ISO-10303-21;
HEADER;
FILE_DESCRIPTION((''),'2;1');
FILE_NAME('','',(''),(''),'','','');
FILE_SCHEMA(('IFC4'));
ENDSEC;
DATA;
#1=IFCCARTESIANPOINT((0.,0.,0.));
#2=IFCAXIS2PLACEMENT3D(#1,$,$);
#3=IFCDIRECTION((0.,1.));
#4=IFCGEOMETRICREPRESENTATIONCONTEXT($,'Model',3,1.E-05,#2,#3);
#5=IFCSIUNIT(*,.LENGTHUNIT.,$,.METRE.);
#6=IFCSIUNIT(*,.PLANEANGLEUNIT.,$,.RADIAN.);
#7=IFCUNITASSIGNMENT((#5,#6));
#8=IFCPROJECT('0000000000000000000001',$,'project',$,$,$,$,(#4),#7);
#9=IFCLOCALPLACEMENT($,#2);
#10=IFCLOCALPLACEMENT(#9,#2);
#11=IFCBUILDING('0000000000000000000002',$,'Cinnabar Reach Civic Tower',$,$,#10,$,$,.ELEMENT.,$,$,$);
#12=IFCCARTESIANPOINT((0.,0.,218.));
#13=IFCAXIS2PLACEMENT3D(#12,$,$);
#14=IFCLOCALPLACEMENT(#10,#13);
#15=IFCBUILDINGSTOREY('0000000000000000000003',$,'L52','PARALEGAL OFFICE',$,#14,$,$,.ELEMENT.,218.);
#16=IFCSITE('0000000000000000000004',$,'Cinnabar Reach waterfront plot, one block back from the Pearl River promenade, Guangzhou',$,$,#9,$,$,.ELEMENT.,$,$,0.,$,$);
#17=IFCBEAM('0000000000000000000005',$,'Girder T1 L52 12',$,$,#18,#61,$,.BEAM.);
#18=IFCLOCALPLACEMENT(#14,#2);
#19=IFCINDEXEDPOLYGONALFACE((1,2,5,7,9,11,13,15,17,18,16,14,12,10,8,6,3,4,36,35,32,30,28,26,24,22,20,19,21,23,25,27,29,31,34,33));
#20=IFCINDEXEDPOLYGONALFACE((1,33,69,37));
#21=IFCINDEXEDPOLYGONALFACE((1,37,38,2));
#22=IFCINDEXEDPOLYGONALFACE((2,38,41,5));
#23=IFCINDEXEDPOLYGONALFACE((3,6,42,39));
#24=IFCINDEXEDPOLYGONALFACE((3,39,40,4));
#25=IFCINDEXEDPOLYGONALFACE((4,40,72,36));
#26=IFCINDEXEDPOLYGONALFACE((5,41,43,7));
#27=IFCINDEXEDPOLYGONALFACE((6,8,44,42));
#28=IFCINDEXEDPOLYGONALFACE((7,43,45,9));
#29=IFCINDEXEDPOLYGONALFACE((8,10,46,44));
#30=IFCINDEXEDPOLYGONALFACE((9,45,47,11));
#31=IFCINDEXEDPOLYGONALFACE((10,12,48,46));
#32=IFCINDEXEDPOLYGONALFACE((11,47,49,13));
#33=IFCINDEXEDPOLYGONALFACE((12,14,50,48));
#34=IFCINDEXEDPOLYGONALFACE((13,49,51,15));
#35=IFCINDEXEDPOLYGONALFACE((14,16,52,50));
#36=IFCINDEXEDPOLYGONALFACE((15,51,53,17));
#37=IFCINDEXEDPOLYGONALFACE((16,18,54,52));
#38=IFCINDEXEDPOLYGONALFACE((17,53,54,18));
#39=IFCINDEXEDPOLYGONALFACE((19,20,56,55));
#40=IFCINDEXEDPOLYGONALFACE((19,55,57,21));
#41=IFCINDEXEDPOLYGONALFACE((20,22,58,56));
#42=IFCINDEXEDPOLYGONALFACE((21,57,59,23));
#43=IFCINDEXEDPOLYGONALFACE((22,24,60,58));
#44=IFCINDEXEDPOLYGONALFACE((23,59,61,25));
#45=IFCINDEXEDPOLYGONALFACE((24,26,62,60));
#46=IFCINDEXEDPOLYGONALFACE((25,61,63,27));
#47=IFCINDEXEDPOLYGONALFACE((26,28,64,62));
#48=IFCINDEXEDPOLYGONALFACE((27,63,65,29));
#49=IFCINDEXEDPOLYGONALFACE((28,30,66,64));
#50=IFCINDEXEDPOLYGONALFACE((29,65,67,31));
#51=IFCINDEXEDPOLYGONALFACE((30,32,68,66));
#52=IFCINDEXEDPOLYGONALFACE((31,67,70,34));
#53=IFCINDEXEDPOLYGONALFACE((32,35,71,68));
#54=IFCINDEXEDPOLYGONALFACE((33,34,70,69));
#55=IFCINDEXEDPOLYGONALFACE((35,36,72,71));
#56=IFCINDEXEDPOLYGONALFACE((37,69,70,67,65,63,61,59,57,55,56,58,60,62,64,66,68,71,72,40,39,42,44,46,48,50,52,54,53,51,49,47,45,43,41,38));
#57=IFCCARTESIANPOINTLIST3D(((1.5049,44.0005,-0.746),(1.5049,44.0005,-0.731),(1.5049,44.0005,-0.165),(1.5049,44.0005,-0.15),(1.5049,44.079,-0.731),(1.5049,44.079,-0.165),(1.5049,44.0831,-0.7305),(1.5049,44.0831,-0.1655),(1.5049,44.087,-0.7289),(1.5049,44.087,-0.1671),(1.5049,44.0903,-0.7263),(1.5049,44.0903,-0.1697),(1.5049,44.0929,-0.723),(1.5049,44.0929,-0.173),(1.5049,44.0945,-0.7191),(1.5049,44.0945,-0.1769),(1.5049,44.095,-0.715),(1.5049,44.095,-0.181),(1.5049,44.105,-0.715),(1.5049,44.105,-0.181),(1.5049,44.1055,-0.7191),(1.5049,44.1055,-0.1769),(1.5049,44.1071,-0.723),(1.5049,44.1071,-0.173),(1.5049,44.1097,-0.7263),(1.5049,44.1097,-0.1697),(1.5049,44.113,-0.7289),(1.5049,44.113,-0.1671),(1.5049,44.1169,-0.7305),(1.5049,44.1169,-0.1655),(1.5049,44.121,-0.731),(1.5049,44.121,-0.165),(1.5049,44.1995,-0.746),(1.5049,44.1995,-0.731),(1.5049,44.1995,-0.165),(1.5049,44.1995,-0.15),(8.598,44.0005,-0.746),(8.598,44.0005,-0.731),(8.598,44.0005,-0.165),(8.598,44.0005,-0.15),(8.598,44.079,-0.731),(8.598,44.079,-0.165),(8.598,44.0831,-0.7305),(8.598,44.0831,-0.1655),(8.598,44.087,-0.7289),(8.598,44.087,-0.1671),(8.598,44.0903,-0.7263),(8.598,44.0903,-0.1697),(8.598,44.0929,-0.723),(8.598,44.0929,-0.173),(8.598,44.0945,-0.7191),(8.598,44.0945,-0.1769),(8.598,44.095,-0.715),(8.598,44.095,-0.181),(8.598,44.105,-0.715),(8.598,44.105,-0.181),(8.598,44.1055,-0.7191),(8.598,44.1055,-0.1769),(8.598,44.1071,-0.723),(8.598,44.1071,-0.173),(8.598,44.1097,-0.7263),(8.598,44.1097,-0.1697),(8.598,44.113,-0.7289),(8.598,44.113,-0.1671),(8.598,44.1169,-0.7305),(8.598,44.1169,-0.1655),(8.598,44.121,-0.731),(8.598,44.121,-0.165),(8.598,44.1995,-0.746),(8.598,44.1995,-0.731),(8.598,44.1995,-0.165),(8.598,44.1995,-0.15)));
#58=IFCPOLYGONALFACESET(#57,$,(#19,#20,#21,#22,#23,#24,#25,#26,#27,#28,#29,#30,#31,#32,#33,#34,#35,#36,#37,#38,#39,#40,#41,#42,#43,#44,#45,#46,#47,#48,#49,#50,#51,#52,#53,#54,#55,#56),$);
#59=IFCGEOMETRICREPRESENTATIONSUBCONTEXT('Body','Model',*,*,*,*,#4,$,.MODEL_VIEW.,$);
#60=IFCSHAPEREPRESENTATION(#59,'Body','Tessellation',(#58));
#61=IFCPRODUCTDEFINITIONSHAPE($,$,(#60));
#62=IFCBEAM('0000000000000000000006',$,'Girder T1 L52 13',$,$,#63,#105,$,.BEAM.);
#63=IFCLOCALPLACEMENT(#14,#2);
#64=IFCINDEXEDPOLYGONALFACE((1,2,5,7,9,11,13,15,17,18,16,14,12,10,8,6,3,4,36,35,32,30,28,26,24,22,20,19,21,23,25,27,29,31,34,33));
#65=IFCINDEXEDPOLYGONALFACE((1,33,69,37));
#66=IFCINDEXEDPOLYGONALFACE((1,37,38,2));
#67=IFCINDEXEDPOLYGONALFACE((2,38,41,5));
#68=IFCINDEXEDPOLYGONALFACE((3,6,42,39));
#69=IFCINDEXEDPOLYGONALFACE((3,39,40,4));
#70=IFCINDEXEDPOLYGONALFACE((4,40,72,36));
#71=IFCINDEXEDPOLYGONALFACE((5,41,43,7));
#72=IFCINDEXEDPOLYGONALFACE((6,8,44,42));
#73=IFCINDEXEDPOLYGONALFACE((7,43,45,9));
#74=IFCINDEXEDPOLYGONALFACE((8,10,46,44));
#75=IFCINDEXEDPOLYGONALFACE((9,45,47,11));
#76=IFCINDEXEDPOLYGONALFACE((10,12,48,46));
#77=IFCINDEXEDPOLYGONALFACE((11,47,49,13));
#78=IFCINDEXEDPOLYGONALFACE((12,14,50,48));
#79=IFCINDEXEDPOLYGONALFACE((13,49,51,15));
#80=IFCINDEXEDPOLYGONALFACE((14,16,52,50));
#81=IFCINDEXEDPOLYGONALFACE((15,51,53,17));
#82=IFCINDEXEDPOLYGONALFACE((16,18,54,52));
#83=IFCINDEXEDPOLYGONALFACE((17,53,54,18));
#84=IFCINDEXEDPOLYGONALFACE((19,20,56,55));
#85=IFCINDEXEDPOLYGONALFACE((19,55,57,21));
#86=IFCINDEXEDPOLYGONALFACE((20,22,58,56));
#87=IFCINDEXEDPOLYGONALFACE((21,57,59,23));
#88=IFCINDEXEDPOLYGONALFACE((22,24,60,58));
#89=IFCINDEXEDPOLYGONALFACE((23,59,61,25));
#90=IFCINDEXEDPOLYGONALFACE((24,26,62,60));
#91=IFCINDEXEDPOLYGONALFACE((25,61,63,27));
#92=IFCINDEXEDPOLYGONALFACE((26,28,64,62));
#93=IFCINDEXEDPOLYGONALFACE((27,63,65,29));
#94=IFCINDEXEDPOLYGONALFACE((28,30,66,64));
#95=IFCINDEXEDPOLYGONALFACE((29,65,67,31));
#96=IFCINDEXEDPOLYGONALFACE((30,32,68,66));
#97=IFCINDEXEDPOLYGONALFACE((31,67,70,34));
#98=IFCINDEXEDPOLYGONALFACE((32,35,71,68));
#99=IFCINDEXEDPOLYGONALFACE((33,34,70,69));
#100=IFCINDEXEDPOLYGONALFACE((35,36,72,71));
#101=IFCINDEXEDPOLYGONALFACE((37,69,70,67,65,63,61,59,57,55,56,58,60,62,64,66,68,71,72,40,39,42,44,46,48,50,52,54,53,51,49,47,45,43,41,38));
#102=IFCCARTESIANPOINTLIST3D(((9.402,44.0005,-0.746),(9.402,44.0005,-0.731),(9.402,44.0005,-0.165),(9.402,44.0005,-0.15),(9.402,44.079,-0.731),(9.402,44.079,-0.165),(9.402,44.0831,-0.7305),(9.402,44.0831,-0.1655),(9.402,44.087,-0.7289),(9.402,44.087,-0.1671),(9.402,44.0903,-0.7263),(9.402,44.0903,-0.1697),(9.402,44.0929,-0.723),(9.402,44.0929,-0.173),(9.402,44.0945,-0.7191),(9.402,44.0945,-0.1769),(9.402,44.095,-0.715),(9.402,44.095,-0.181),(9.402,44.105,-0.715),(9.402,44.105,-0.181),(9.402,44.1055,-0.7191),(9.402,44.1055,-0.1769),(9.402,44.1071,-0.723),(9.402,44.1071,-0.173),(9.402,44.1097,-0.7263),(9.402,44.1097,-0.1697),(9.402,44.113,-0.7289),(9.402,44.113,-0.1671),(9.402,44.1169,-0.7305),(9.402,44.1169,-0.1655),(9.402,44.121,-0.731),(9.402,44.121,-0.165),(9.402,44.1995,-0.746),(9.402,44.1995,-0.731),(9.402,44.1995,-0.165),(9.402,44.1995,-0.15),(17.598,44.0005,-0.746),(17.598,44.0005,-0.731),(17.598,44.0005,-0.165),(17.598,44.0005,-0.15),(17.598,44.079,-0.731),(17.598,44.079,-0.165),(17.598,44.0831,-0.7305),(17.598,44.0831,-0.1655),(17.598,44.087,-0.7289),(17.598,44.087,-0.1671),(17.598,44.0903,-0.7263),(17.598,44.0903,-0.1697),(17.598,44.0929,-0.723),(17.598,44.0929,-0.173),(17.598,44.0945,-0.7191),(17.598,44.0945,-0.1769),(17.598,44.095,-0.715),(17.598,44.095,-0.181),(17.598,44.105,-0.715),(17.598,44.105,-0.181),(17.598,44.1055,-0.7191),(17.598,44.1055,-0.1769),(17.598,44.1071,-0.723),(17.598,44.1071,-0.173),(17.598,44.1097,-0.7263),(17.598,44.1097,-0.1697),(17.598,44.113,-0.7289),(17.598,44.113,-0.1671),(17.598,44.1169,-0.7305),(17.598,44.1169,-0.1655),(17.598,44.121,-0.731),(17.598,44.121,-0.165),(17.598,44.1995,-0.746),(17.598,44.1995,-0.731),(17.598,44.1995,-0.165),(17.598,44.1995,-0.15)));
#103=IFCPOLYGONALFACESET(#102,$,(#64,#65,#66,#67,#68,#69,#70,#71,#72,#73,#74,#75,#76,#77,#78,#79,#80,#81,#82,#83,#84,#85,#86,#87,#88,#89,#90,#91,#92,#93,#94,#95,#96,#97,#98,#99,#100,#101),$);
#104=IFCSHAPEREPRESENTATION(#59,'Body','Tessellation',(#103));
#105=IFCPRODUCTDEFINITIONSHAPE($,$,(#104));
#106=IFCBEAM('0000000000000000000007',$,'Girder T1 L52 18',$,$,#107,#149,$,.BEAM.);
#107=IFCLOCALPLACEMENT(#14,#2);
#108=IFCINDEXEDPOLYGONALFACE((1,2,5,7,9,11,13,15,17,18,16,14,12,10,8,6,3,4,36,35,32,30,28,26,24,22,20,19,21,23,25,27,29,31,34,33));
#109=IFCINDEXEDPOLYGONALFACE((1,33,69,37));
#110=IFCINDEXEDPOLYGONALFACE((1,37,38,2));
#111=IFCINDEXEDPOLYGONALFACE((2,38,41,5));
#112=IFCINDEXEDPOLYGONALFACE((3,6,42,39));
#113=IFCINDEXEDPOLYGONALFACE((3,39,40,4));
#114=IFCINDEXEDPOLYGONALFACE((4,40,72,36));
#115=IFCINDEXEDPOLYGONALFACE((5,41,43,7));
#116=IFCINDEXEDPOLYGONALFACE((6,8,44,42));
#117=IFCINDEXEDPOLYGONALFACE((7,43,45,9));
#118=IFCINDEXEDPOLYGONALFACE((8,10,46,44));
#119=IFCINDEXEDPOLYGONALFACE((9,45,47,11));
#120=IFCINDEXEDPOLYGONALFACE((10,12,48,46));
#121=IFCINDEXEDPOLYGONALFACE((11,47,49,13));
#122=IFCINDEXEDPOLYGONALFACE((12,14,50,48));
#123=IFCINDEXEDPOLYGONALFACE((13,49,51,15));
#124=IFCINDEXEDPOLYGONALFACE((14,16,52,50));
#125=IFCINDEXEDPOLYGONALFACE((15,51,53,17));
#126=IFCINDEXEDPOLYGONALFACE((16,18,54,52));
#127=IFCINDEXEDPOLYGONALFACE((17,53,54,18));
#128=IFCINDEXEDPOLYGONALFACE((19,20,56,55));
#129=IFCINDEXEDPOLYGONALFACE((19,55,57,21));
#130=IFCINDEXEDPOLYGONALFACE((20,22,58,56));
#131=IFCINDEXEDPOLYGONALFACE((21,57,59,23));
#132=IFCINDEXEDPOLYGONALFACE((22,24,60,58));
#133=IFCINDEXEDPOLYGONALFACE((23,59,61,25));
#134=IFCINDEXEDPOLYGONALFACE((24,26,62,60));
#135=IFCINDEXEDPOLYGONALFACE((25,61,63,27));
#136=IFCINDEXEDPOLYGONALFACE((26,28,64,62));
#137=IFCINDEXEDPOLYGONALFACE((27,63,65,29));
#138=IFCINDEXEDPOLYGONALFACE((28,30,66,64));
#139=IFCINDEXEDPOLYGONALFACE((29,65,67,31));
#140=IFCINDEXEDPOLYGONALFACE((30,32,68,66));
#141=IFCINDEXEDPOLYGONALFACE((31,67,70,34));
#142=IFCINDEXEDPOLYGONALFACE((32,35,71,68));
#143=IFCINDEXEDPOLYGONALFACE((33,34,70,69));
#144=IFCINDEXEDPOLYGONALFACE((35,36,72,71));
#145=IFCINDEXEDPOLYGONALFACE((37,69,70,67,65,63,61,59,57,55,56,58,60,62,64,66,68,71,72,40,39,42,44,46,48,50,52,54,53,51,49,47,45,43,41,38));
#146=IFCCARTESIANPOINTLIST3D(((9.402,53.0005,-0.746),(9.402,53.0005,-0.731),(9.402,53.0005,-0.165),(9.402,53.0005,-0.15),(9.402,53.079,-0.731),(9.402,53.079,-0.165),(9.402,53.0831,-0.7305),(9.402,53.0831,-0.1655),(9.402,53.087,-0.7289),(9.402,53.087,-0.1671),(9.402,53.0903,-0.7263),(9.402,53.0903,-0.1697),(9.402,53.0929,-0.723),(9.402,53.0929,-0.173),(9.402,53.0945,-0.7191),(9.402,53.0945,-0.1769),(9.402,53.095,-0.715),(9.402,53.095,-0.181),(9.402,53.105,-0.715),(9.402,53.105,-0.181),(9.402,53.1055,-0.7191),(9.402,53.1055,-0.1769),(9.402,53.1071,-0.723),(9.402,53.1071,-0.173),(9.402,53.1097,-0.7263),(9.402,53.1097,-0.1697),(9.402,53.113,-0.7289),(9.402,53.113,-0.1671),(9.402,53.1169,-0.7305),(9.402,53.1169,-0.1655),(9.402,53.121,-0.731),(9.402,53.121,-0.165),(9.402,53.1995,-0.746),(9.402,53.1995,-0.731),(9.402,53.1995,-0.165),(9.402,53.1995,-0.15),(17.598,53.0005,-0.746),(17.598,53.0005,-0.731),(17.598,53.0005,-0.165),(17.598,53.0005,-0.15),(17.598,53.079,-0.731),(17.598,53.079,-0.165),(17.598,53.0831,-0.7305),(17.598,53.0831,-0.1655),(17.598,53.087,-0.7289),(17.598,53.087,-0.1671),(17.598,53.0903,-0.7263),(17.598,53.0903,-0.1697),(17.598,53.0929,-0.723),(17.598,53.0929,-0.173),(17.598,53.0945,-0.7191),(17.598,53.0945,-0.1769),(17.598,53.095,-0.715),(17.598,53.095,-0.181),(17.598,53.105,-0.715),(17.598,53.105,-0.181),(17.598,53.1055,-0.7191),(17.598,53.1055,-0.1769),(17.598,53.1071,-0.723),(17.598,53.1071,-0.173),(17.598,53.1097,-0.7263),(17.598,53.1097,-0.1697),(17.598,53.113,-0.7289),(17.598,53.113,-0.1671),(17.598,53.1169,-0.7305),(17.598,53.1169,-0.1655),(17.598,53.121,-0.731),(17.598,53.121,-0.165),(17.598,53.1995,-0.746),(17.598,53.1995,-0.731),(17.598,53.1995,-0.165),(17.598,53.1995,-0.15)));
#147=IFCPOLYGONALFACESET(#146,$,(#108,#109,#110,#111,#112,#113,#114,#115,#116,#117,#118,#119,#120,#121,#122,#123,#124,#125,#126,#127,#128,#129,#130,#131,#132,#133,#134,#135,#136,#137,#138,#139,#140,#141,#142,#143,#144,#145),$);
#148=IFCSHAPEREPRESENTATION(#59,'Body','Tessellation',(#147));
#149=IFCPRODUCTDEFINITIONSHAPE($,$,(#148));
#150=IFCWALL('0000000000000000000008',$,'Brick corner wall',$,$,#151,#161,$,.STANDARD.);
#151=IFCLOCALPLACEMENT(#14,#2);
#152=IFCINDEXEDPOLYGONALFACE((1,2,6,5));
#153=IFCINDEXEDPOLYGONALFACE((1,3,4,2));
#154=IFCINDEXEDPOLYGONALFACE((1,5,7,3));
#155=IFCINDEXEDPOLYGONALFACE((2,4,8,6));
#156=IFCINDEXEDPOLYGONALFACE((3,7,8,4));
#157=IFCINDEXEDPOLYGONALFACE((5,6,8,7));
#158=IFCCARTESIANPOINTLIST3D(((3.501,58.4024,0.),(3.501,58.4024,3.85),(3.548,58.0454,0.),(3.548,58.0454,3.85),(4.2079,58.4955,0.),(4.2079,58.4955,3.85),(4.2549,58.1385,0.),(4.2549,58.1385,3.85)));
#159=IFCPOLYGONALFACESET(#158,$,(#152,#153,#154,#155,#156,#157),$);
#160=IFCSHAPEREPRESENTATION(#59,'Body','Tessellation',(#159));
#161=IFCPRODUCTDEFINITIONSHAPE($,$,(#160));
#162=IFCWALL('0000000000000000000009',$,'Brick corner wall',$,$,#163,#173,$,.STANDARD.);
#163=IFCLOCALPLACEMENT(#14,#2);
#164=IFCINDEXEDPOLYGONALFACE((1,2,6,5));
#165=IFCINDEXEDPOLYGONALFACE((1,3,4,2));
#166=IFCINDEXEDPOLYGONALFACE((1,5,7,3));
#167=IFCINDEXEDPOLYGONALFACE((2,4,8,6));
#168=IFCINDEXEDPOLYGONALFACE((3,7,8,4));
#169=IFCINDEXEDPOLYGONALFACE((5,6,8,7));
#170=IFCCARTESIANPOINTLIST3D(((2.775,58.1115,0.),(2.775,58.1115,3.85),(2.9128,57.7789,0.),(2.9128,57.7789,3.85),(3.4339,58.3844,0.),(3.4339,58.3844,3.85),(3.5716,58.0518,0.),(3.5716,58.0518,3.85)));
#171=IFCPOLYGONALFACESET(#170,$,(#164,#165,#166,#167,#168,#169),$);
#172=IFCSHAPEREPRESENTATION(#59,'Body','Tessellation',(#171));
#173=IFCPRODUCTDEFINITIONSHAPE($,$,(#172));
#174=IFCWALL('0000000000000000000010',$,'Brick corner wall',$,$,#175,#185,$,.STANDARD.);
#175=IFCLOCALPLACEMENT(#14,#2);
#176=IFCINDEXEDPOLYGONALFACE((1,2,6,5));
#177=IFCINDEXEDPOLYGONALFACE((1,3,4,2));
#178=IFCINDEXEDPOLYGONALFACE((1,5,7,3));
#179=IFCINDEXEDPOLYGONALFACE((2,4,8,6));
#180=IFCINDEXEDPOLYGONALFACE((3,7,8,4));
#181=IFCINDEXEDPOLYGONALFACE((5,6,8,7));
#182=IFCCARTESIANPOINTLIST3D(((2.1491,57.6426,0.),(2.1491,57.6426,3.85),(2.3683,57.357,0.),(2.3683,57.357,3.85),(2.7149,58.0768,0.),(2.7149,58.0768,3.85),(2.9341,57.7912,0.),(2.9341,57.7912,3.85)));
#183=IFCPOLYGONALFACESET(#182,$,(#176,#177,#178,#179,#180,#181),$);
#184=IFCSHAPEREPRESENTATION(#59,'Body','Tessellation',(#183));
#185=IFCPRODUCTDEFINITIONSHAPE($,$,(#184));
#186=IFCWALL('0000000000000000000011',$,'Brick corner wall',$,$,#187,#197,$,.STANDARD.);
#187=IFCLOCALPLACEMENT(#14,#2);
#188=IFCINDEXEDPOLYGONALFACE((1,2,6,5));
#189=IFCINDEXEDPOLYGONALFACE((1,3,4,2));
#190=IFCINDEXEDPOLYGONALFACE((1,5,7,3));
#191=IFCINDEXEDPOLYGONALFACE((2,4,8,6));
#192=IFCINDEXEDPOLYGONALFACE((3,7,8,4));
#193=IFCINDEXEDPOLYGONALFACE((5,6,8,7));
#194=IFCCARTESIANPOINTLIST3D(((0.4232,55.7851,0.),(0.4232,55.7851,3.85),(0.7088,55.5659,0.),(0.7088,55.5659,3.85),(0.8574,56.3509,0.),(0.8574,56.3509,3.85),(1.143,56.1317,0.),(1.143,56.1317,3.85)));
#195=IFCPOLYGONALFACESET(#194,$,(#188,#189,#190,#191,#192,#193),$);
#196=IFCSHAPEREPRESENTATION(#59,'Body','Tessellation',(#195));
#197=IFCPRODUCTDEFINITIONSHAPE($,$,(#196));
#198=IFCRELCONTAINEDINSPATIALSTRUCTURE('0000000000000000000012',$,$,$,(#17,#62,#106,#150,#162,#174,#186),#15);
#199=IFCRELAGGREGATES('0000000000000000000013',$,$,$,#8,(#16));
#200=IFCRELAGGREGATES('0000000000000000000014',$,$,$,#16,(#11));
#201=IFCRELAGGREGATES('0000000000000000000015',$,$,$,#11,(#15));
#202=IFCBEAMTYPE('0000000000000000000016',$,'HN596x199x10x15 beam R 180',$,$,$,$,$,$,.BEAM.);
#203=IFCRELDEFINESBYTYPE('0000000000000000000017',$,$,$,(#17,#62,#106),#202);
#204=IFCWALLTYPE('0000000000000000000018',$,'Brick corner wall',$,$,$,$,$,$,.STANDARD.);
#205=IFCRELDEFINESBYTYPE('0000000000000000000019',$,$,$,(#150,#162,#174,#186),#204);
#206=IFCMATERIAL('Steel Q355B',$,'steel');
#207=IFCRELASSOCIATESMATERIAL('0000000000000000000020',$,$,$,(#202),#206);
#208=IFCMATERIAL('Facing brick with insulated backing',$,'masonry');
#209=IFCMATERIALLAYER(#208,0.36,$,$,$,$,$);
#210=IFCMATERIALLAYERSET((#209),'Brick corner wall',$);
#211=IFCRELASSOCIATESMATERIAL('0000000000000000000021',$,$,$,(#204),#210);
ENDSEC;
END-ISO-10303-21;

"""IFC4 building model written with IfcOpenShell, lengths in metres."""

from ifc_helpers import new_model, si_unit, direction, frame, frame_2d, origin, origin_2d, place, context, subcontext, project, spatial, rectangle, i_section, extrude, material, layer, layer_set, material_profile, profile_set, type_object, element, save


model = new_model("IFC4")

# Units and contexts
model_context = context("Model", 3, precision=1e-05, world=origin(), true_north=direction((0.0, 1.0)))
body_context = subcontext(model_context, "Body", "Model", "MODEL_VIEW")
ifc_project = project(units=[si_unit("LENGTHUNIT", "METRE"), si_unit("PLANEANGLEUNIT", "RADIAN")], contexts=[model_context])

# Site, building, storey
site_placement = place(None, origin())
site = spatial("IfcSite", under=ifc_project, at=site_placement, Name="Cinnabar Reach waterfront plot, one block back from the Pearl River promenade, Guangzhou", CompositionType="ELEMENT", RefElevation=0.0)
building_placement = place(site_placement, origin())
building = spatial("IfcBuilding", under=site, at=building_placement, Name="Cinnabar Reach Civic Tower", CompositionType="ELEMENT")
storey_placement = place(building_placement, frame((0.0, 0.0, 218.0)))
storey = spatial("IfcBuildingStorey", under=building, at=storey_placement, Name="L52", Description="PARALEGAL OFFICE", CompositionType="ELEMENT", Elevation=218.0)

# Beams
ifc_material_1 = material(Name="Steel Q355B", Category="steel")
ifc_material_profile_1 = material_profile(ifc_material_1, i_section(OverallWidth=0.199, OverallDepth=0.596, WebThickness=0.01, FlangeThickness=0.015, FilletRadius=0.016, at=origin_2d()), Name="HN596x199x10x15")
ifc_profile_set_1 = profile_set([ifc_material_profile_1], Name="Steel Q355B")
beam_type_1 = type_object("IfcBeamType", Name="HN596x199x10x15 beam R 180", PredefinedType="BEAM", material=ifc_profile_set_1)
beam_1_placement = place(storey_placement, frame((1.5049, 44.1, -0.448), z_axis=(1.0, 0.0, 0.0), x_axis=(0.0, 1.0, 0.0)))
element("IfcBeam", 1, at=beam_1_placement, inside=storey, type_object=beam_type_1, Name="Girder T1 L52 12", PredefinedType="BEAM", context=body_context, shape_type="SweptSolid", body=[
    extrude(i_section(OverallWidth=0.199, OverallDepth=0.596, WebThickness=0.01, FlangeThickness=0.015, FilletRadius=0.016, at=origin_2d()), origin(), (0.0, 0.0, 1.0), 7.0931),
])
for number, where, z_axis, x_axis, name in (
    (2, (9.402, 44.1, -0.448), (1.0, 0.0, 0.0), (0.0, 1.0, 0.0), "Girder T1 L52 13"),
    (3, (9.402, 53.1, -0.448), (1.0, 0.0, 0.0), (0.0, 1.0, 0.0), "Girder T1 L52 18"),
):
    element("IfcBeam", number, at=place(storey_placement, frame(where, z_axis=z_axis, x_axis=x_axis)), inside=storey, type_object=beam_type_1, Name=name, PredefinedType="BEAM", context=body_context, shape_type="SweptSolid", body=[
        extrude(i_section(OverallWidth=0.199, OverallDepth=0.596, WebThickness=0.01, FlangeThickness=0.015, FilletRadius=0.016, at=origin_2d()), origin(), (0.0, 0.0, 1.0), 8.196),
    ])

# Walls
ifc_material_2 = material(Name="Facing brick with insulated backing", Category="masonry")
ifc_layer_1 = layer(ifc_material_2, 0.36)
ifc_layer_set_1 = layer_set([ifc_layer_1], Name="Brick corner wall")
wall_type_1 = type_object("IfcWallType", Name="Brick corner wall", PredefinedType="STANDARD", material=ifc_layer_set_1)
for number, where, z_axis, x_axis, name in (
    (4, (4.2314, 58.317, 0.0), (0.0, 0.0, 1.0), (-0.991441, -0.130556, 0.0), "Brick corner wall"),
    (5, (3.5027, 58.2181, 0.0), (0.0, 0.0, 1.0), (-0.923872, -0.382703, 0.0), "Brick corner wall"),
):
    element("IfcWall", number, at=place(storey_placement, frame(where, z_axis=z_axis, x_axis=x_axis)), inside=storey, type_object=wall_type_1, Name=name, PredefinedType="STANDARD", context=body_context, shape_type="SweptSolid", body=[
        extrude(rectangle(XDim=0.7131, YDim=0.36, at=frame_2d((0.3565, 0.0))), origin(), (0.0, 0.0, 1.0), 3.85),
    ])
for number, where, z_axis, x_axis, name in (
    (6, (2.8245, 57.934, 0.0), (0.0, 0.0, 1.0), (-0.793322, -0.608802, 0.0), "Brick corner wall"),
    (7, (1.0002, 56.2413, 0.0), (0.0, 0.0, 1.0), (-0.608802, -0.793322, 0.0), "Brick corner wall"),
):
    element("IfcWall", number, at=place(storey_placement, frame(where, z_axis=z_axis, x_axis=x_axis)), inside=storey, type_object=wall_type_1, Name=name, PredefinedType="STANDARD", context=body_context, shape_type="SweptSolid", body=[
        extrude(rectangle(XDim=0.7132, YDim=0.36, at=frame_2d((0.3566, 0.0))), origin(), (0.0, 0.0, 1.0), 3.85),
    ])

save(model, "model.ifc")
